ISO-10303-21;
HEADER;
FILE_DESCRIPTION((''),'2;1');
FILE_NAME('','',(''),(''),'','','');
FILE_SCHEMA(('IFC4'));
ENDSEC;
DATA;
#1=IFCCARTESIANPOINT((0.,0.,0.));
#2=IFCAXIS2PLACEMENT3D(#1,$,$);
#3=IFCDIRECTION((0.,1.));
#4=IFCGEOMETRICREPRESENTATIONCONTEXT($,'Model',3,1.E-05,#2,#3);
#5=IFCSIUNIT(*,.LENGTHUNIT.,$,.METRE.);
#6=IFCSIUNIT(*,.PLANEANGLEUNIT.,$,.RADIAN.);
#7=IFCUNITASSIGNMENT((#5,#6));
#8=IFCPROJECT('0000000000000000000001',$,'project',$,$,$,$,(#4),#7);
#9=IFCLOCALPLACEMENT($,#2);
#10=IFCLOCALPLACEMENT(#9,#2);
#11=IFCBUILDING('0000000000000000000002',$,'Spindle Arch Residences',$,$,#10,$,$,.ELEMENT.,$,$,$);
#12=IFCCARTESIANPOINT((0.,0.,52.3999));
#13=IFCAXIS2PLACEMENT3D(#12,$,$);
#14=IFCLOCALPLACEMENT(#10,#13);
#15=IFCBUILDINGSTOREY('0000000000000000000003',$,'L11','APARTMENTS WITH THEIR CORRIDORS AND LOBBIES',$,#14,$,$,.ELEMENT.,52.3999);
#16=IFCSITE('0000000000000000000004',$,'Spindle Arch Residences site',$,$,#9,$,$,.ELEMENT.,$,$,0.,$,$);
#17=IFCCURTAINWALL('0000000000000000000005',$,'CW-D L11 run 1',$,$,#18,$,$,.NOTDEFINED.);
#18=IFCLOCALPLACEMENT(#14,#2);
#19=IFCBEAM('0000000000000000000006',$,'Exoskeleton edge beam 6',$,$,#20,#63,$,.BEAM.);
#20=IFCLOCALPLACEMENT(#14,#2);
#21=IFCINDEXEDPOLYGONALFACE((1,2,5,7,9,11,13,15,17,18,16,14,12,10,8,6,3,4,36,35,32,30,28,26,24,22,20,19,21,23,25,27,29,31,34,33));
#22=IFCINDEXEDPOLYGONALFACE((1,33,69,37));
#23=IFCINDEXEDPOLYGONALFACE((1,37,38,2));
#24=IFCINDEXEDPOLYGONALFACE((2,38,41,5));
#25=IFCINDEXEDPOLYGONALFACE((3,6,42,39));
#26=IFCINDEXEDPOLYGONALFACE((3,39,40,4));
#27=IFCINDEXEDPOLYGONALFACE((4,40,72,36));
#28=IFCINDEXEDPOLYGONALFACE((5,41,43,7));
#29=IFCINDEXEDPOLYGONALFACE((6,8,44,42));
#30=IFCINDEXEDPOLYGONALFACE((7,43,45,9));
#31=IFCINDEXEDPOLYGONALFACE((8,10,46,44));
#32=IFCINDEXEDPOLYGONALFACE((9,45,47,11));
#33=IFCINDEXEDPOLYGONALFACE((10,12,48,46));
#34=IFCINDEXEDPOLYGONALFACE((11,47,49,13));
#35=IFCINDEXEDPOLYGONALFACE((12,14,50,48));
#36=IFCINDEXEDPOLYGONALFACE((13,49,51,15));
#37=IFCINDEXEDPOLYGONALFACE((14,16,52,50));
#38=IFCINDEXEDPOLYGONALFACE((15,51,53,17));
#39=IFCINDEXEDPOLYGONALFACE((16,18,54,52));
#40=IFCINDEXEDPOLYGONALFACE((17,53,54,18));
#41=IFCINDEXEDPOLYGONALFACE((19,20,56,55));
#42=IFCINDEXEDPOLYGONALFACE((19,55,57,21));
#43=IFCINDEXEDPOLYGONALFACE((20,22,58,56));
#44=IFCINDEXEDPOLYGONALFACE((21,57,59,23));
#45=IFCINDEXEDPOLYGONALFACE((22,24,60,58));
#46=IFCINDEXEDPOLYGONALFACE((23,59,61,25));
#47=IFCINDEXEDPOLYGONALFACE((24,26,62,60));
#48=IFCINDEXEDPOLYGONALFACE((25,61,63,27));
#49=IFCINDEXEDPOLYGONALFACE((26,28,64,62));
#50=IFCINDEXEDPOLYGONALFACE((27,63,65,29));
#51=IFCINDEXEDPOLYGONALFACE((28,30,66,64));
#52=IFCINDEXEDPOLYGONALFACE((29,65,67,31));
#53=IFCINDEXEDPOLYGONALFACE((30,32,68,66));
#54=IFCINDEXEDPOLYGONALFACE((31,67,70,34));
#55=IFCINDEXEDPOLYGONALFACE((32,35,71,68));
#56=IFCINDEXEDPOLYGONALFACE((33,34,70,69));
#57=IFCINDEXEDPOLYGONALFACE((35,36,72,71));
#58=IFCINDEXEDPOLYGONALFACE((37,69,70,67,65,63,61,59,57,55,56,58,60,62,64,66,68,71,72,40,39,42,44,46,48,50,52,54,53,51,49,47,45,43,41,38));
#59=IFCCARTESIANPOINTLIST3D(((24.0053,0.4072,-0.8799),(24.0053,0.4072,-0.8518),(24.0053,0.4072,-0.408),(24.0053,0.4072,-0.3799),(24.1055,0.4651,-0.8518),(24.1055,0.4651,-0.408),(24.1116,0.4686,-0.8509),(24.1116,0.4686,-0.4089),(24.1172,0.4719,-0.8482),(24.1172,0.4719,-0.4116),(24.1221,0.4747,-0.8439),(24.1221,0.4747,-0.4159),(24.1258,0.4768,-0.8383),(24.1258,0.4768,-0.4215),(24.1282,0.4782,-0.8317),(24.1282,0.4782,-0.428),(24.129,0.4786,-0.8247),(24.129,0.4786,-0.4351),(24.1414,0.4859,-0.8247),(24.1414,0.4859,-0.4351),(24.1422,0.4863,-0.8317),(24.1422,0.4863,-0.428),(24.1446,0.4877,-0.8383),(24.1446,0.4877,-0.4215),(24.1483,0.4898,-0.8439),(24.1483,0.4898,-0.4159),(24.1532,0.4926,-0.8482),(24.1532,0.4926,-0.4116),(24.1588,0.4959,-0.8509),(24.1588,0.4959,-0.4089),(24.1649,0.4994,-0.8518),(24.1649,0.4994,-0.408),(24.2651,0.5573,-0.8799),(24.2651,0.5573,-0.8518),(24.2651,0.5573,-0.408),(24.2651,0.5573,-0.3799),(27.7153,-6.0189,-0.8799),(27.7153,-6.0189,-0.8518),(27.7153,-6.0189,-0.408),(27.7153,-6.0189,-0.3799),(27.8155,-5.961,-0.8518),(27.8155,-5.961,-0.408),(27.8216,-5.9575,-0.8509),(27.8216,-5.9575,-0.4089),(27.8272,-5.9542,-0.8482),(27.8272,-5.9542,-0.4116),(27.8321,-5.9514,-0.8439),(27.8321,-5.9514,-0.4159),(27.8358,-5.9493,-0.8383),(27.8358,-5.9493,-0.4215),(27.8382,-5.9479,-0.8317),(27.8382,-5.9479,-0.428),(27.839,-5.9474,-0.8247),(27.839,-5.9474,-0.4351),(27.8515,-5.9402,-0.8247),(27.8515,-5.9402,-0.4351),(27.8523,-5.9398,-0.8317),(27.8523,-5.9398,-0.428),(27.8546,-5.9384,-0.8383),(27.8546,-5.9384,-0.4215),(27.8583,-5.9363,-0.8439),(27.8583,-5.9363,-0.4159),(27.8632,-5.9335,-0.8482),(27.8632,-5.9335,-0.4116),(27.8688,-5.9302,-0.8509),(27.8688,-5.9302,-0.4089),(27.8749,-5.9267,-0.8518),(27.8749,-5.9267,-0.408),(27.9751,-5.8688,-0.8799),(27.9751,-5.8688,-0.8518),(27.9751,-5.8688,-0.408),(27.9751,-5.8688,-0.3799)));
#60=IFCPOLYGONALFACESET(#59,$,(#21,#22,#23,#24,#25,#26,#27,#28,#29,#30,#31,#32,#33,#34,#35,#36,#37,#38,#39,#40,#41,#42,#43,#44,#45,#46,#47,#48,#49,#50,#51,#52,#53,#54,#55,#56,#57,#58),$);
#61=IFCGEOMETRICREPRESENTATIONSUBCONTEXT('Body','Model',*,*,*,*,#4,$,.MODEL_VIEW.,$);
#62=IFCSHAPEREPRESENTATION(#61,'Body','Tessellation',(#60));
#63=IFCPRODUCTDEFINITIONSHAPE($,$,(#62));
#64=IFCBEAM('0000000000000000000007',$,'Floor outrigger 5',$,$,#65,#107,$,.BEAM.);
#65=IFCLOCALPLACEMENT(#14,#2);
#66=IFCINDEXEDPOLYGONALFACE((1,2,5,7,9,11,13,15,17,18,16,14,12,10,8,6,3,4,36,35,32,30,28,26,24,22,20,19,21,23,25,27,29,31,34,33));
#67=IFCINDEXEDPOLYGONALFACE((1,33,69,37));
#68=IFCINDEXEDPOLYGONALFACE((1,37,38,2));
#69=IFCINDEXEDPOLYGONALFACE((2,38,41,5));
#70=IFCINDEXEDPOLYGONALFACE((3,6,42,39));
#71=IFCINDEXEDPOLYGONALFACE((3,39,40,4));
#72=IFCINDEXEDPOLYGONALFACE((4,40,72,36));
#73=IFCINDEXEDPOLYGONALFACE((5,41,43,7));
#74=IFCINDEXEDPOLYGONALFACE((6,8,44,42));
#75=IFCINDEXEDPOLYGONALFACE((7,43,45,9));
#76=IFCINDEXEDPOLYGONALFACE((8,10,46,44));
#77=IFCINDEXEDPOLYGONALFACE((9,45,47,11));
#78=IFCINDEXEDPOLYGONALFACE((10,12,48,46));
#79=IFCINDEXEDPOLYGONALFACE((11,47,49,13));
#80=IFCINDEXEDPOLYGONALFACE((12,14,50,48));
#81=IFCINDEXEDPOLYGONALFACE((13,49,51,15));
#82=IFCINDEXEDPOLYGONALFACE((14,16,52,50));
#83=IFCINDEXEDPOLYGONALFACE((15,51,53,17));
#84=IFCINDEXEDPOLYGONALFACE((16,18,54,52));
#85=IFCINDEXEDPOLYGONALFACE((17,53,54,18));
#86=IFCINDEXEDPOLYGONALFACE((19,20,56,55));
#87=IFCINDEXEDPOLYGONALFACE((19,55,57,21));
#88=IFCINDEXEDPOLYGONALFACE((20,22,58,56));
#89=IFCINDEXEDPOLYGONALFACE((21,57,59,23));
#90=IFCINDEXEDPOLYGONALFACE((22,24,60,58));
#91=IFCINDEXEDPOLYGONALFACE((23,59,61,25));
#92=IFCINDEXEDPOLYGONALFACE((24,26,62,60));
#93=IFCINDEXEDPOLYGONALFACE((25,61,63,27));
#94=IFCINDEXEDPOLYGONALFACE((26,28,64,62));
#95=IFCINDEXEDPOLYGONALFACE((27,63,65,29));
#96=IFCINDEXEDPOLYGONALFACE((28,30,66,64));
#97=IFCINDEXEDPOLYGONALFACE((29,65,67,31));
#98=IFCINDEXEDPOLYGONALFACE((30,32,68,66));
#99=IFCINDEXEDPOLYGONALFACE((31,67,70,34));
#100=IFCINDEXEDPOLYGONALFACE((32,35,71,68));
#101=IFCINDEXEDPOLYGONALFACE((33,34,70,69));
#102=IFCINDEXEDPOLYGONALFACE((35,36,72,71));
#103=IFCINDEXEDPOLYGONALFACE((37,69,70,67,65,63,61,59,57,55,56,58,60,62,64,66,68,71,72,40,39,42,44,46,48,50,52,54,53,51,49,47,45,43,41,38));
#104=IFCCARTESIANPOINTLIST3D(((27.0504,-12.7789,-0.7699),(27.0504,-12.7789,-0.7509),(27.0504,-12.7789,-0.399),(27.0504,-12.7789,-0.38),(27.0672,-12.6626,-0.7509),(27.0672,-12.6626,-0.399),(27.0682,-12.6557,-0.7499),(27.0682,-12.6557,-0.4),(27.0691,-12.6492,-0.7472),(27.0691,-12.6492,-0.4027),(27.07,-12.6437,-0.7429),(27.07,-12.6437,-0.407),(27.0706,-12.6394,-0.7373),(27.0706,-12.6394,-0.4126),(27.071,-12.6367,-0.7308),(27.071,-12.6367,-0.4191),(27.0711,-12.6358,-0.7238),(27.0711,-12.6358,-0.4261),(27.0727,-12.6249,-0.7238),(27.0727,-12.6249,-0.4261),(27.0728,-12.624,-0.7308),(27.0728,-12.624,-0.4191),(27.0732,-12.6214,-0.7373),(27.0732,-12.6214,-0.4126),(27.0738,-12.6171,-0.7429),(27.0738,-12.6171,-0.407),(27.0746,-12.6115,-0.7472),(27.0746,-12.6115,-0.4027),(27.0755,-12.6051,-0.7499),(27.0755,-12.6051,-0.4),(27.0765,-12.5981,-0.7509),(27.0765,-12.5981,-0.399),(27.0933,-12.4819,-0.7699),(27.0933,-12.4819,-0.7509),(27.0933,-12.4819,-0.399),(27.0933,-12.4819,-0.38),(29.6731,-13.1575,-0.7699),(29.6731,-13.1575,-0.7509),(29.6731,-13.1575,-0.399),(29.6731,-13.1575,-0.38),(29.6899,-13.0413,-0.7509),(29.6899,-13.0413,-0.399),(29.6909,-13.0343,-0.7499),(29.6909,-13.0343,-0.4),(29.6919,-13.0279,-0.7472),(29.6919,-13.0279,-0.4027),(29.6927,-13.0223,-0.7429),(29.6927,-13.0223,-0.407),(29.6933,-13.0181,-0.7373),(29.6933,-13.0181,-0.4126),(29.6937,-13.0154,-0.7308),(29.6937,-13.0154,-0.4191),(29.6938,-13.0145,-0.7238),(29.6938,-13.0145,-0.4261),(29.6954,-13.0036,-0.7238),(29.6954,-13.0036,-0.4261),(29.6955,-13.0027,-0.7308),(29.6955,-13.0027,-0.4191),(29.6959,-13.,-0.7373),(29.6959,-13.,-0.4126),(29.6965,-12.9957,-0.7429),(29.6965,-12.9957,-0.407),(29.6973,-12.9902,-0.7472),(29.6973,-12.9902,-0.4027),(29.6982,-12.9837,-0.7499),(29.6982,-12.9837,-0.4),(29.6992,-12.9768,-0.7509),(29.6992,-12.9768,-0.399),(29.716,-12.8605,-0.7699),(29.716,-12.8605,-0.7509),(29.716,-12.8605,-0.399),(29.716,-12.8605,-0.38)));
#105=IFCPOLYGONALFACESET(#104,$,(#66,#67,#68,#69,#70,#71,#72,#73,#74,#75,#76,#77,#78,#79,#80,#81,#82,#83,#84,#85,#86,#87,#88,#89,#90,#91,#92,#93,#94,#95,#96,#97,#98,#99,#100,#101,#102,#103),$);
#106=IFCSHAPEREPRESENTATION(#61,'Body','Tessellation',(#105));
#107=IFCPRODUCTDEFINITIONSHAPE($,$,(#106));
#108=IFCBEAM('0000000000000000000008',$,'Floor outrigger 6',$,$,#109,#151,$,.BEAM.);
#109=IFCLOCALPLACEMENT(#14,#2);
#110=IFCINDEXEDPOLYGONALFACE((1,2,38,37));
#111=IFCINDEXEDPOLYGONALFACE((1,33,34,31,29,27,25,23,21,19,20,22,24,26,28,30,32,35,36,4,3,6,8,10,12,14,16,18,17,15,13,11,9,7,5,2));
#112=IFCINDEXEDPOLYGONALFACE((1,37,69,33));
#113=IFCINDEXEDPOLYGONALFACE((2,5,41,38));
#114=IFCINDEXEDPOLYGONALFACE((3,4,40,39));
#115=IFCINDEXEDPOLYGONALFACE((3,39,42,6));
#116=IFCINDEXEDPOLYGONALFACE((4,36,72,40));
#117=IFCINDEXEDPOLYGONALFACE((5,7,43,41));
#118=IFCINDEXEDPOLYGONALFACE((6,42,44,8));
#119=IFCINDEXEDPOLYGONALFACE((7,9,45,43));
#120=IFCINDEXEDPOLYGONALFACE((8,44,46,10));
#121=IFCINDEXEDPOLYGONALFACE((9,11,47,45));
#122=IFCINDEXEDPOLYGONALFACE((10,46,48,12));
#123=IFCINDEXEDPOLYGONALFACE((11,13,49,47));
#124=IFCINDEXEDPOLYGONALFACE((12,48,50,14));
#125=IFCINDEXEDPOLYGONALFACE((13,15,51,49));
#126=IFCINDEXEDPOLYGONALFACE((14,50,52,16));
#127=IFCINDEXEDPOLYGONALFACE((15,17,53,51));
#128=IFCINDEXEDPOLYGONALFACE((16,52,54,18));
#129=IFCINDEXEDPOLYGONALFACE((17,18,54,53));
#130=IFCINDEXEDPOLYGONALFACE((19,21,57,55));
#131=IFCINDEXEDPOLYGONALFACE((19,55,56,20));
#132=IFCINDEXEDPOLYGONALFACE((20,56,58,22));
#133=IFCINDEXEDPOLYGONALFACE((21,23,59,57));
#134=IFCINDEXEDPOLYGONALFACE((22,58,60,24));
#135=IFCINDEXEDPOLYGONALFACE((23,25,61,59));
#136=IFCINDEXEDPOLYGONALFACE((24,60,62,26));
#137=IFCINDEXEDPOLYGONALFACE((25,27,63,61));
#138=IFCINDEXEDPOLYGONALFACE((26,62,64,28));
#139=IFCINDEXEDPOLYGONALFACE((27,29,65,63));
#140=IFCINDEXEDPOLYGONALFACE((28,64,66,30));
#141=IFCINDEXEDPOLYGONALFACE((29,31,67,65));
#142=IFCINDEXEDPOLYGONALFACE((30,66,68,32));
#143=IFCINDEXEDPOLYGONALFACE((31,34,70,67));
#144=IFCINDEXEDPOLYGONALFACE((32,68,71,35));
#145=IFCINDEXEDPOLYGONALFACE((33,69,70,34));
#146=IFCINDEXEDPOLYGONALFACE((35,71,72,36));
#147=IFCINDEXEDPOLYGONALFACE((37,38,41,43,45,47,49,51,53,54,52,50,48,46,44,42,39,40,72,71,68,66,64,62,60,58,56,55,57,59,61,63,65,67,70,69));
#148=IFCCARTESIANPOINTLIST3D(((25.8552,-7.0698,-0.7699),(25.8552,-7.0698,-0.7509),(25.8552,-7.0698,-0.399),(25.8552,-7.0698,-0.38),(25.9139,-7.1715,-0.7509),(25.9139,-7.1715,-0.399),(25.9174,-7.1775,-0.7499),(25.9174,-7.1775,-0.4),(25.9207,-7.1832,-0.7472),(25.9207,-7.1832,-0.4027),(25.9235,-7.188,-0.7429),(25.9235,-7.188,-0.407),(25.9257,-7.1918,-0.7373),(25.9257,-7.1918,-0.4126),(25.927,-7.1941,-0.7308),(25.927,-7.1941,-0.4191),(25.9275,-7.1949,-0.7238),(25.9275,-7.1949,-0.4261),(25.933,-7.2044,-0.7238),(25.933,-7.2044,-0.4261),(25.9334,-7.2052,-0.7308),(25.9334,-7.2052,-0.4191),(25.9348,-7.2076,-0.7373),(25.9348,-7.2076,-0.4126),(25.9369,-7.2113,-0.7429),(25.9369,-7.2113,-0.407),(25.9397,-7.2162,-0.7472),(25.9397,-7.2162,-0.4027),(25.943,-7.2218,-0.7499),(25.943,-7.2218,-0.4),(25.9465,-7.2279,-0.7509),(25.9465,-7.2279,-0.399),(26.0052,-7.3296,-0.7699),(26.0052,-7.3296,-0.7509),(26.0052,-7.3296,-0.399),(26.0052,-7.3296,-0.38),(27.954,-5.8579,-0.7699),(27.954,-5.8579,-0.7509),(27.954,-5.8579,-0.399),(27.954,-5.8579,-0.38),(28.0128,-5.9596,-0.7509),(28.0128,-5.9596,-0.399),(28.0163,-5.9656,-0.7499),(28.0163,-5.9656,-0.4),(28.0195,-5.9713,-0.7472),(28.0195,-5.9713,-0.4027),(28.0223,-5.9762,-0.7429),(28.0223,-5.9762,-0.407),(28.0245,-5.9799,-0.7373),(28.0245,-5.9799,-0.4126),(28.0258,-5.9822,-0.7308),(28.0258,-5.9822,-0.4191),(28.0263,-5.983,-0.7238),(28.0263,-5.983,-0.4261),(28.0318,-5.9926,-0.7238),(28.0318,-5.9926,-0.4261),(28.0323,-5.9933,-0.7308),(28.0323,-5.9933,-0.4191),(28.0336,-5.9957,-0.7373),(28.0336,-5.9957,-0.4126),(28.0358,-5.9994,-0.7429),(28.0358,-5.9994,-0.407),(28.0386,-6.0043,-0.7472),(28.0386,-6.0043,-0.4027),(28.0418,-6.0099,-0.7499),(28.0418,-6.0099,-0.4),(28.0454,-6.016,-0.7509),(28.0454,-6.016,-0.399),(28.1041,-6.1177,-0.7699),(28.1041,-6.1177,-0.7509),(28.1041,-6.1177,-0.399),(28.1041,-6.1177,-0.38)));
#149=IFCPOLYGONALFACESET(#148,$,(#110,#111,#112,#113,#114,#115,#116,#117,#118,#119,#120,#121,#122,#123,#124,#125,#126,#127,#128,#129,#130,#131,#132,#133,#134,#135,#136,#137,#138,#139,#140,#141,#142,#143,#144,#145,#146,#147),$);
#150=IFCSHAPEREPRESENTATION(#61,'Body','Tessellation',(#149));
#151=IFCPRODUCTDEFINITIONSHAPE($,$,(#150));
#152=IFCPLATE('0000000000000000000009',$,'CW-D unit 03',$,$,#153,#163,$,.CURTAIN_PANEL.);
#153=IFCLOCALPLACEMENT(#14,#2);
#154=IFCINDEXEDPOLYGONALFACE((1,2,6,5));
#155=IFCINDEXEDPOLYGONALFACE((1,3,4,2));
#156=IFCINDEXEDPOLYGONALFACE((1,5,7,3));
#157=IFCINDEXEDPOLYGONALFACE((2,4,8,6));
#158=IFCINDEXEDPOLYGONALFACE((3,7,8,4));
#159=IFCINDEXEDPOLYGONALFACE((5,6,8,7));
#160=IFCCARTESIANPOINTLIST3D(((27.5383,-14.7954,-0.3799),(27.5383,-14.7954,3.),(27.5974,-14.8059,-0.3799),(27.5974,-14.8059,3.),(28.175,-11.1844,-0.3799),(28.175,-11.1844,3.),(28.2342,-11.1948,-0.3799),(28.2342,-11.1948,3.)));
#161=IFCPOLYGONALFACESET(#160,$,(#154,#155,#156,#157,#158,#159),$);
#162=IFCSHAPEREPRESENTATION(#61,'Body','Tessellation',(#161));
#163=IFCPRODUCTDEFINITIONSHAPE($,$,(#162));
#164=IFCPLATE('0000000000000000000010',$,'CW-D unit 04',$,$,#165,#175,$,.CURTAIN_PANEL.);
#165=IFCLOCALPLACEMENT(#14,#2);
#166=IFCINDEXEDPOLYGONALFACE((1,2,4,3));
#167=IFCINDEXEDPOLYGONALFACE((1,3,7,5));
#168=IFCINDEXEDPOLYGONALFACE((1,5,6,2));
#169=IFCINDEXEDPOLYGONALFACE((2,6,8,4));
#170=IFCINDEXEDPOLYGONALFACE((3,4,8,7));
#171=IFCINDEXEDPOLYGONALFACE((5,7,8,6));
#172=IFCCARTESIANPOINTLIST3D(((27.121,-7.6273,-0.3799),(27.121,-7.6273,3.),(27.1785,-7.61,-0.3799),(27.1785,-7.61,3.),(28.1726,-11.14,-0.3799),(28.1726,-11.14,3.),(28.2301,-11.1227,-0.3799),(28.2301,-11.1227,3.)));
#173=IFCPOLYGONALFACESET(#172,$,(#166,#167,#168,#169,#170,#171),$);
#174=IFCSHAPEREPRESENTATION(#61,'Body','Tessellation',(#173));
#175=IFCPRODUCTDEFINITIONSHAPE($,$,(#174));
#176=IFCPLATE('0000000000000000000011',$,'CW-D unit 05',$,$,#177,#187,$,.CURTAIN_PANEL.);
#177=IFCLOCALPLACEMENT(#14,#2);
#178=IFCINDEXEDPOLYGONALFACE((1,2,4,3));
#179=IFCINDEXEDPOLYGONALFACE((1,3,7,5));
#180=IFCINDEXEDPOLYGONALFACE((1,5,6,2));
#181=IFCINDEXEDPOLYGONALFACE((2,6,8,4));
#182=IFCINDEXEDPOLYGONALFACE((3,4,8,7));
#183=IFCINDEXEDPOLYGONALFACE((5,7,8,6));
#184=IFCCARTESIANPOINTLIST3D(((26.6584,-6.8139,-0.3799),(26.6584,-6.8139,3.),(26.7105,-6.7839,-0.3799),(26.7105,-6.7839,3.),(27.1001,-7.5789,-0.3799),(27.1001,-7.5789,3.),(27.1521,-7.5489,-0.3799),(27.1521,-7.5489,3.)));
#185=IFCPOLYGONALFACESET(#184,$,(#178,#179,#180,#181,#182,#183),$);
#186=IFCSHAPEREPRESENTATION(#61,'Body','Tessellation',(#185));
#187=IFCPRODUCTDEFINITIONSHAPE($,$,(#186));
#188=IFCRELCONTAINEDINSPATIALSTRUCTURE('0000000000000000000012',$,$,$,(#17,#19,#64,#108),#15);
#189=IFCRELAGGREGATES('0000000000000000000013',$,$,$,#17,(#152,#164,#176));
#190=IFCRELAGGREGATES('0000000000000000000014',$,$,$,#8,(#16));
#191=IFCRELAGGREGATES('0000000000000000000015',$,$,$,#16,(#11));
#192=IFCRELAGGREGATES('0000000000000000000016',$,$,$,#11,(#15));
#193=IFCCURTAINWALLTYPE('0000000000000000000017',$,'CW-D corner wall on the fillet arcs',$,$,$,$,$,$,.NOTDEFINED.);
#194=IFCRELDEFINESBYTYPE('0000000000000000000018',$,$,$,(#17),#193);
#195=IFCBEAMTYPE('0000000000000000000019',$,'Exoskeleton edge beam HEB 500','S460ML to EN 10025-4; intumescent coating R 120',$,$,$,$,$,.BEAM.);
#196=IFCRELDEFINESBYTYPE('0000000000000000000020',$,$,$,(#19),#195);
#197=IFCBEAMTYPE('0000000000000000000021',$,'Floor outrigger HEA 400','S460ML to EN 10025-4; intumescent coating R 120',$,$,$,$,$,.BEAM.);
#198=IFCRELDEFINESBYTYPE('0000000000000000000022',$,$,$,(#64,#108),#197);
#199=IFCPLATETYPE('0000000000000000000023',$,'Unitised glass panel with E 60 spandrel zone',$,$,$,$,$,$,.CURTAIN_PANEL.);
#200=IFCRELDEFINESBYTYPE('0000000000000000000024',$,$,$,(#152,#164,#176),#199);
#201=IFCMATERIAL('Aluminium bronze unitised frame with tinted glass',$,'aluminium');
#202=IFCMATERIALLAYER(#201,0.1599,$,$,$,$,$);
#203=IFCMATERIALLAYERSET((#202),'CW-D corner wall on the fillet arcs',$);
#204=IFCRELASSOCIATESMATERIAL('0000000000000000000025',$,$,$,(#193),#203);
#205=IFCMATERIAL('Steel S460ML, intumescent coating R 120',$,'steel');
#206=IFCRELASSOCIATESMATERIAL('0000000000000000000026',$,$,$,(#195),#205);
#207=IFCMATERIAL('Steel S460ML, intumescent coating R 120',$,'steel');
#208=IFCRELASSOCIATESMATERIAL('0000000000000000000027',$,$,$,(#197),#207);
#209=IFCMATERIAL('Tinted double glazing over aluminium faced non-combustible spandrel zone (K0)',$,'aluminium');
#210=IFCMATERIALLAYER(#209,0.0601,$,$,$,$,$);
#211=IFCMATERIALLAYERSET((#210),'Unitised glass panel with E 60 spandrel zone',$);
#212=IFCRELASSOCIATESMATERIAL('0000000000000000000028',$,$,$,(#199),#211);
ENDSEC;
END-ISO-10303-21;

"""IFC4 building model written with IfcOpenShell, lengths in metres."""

from ifc_helpers import new_model, si_unit, direction, frame, origin, origin_2d, place, context, subcontext, project, spatial, rectangle, i_section, extrude, material, layer, layer_set, material_profile, profile_set, type_object, element, aggregate, save


model = new_model("IFC4")

# Units and contexts
model_context = context("Model", 3, precision=1e-05, world=origin(), true_north=direction((0.0, 1.0)))
body_context = subcontext(model_context, "Body", "Model", "MODEL_VIEW")
ifc_project = project(units=[si_unit("LENGTHUNIT", "METRE"), si_unit("PLANEANGLEUNIT", "RADIAN")], contexts=[model_context])

# Site, building, storey
site_placement = place(None, origin())
site = spatial("IfcSite", under=ifc_project, at=site_placement, Name="Spindle Arch Residences site", CompositionType="ELEMENT", RefElevation=0.0)
building_placement = place(site_placement, origin())
building = spatial("IfcBuilding", under=site, at=building_placement, Name="Spindle Arch Residences", CompositionType="ELEMENT")
storey_placement = place(building_placement, frame((0.0, 0.0, 52.3999)))
storey = spatial("IfcBuildingStorey", under=building, at=storey_placement, Name="L11", Description="APARTMENTS WITH THEIR CORRIDORS AND LOBBIES", CompositionType="ELEMENT", Elevation=52.3999)

# Curtain wall
ifc_material_1 = material(Name="Aluminium bronze unitised frame with tinted glass", Category="aluminium")
ifc_layer_1 = layer(ifc_material_1, 0.1599)
ifc_layer_set_1 = layer_set([ifc_layer_1], Name="CW-D corner wall on the fillet arcs")
curtain_wall_type_1 = type_object("IfcCurtainWallType", Name="CW-D corner wall on the fillet arcs", PredefinedType="NOTDEFINED", material=ifc_layer_set_1)
curtain_wall_1_placement = place(storey_placement, origin())
curtain_wall_1 = element("IfcCurtainWall", 1, at=curtain_wall_1_placement, inside=storey, type_object=curtain_wall_type_1, Name="CW-D L11 run 1", PredefinedType="NOTDEFINED")

# Beams
ifc_material_2 = material(Name="Steel S460ML, intumescent coating R 120", Category="steel")
ifc_material_profile_1 = material_profile(ifc_material_2, i_section(OverallWidth=0.3, OverallDepth=0.5, WebThickness=0.0144, FlangeThickness=0.0281, FilletRadius=0.0271, at=origin_2d()), Name="HEB 500")
ifc_profile_set_1 = profile_set([ifc_material_profile_1], Name="Steel S460ML, intumescent coating R 120")
beam_type_1 = type_object("IfcBeamType", Name="Exoskeleton edge beam HEB 500", Description="S460ML to EN 10025-4; intumescent coating R 120", PredefinedType="BEAM", material=ifc_profile_set_1)
beam_1_placement = place(storey_placement, frame((27.8452, -5.9438, -0.6299), z_axis=(-0.499989, 0.866032, 0.0), x_axis=(-0.866032, -0.499989, 0.0)))
element("IfcBeam", 2, at=beam_1_placement, inside=storey, type_object=beam_type_1, Name="Exoskeleton edge beam 6", PredefinedType="BEAM", context=body_context, shape_type="SweptSolid", body=[
    extrude(i_section(OverallWidth=0.3, OverallDepth=0.5, WebThickness=0.0144, FlangeThickness=0.0281, FilletRadius=0.0271, at=origin_2d()), origin(), (0.0, 0.0, 1.0), 7.4202),
])
ifc_material_3 = material(Name="Steel S460ML, intumescent coating R 120", Category="steel")
ifc_material_profile_2 = material_profile(ifc_material_3, i_section(OverallWidth=0.3, OverallDepth=0.3899, WebThickness=0.011, FlangeThickness=0.019, FilletRadius=0.0271, at=origin_2d()), Name="HEA 400")
ifc_profile_set_2 = profile_set([ifc_material_profile_2], Name="Steel S460ML, intumescent coating R 120")
beam_type_2 = type_object("IfcBeamType", Name="Floor outrigger HEA 400", Description="S460ML to EN 10025-4; intumescent coating R 120", PredefinedType="BEAM", material=ifc_profile_set_2)
beam_2_placement = place(storey_placement, frame((29.6946, -13.009, -0.575), z_axis=(-0.989738, 0.142892, 0.0), x_axis=(-0.142892, -0.989738, 0.0)))
element("IfcBeam", 3, at=beam_2_placement, inside=storey, type_object=beam_type_2, Name="Floor outrigger 5", PredefinedType="BEAM", context=body_context, shape_type="SweptSolid", body=[
    extrude(i_section(OverallWidth=0.3, OverallDepth=0.3899, WebThickness=0.011, FlangeThickness=0.019, FilletRadius=0.0271, at=origin_2d()), origin(), (0.0, 0.0, 1.0), 2.6499),
])
beam_3_placement = place(storey_placement, frame((28.0291, -5.9878, -0.575), z_axis=(-0.866003, -0.500039, 0.0), x_axis=(0.500039, -0.866003, 0.0)))
element("IfcBeam", 4, at=beam_3_placement, inside=storey, type_object=beam_type_2, Name="Floor outrigger 6", PredefinedType="BEAM", context=body_context, shape_type="SweptSolid", body=[
    extrude(i_section(OverallWidth=0.3, OverallDepth=0.3899, WebThickness=0.011, FlangeThickness=0.019, FilletRadius=0.0271, at=origin_2d()), origin(), (0.0, 0.0, 1.0), 2.4236),
])

# Plates
ifc_material_4 = material(Name="Tinted double glazing over aluminium faced non-combustible spandrel zone (K0)", Category="aluminium")
ifc_layer_2 = layer(ifc_material_4, 0.0601)
ifc_layer_set_2 = layer_set([ifc_layer_2], Name="Unitised glass panel with E 60 spandrel zone")
plate_type = type_object("IfcPlateType", Name="Unitised glass panel with E 60 spandrel zone", PredefinedType="CURTAIN_PANEL", material=ifc_layer_set_2)
plate_1_placement = place(storey_placement, frame((27.8862, -12.9951, -0.3799), z_axis=(0.0, 0.0, 1.0), x_axis=(0.173648, 0.984808, 0.0)))
plate_1 = element("IfcPlate", 5, at=plate_1_placement, type_object=plate_type, Name="CW-D unit 03", PredefinedType="CURTAIN_PANEL", context=body_context, shape_type="SweptSolid", body=[
    extrude(rectangle(XDim=3.6667, YDim=0.0601, at=origin_2d()), origin(), (0.0, 0.0, 1.0), 3.3799),
])
plate_2_placement = place(storey_placement, frame((27.6755, -9.375, -0.3799), z_axis=(0.0, 0.0, 1.0), x_axis=(-0.286803, 0.95799, 0.0)))
plate_2 = element("IfcPlate", 6, at=plate_2_placement, type_object=plate_type, Name="CW-D unit 04", PredefinedType="CURTAIN_PANEL", context=body_context, shape_type="SweptSolid", body=[
    extrude(rectangle(XDim=3.6667, YDim=0.0601, at=origin_2d()), origin(), (0.0, 0.0, 1.0), 3.3799),
])
plate_3_placement = place(storey_placement, frame((26.9053, -7.1814, -0.3799), z_axis=(0.0, 0.0, 1.0), x_axis=(-0.5, 0.866025, 0.0)))
plate_3 = element("IfcPlate", 7, at=plate_3_placement, type_object=plate_type, Name="CW-D unit 05", PredefinedType="CURTAIN_PANEL", context=body_context, shape_type="SweptSolid", body=[
    extrude(rectangle(XDim=0.8833, YDim=0.0601, at=origin_2d()), origin(), (0.0, 0.0, 1.0), 3.3799),
])
aggregate(curtain_wall_1, [plate_1, plate_2, plate_3])

save(model, "model.ifc")
